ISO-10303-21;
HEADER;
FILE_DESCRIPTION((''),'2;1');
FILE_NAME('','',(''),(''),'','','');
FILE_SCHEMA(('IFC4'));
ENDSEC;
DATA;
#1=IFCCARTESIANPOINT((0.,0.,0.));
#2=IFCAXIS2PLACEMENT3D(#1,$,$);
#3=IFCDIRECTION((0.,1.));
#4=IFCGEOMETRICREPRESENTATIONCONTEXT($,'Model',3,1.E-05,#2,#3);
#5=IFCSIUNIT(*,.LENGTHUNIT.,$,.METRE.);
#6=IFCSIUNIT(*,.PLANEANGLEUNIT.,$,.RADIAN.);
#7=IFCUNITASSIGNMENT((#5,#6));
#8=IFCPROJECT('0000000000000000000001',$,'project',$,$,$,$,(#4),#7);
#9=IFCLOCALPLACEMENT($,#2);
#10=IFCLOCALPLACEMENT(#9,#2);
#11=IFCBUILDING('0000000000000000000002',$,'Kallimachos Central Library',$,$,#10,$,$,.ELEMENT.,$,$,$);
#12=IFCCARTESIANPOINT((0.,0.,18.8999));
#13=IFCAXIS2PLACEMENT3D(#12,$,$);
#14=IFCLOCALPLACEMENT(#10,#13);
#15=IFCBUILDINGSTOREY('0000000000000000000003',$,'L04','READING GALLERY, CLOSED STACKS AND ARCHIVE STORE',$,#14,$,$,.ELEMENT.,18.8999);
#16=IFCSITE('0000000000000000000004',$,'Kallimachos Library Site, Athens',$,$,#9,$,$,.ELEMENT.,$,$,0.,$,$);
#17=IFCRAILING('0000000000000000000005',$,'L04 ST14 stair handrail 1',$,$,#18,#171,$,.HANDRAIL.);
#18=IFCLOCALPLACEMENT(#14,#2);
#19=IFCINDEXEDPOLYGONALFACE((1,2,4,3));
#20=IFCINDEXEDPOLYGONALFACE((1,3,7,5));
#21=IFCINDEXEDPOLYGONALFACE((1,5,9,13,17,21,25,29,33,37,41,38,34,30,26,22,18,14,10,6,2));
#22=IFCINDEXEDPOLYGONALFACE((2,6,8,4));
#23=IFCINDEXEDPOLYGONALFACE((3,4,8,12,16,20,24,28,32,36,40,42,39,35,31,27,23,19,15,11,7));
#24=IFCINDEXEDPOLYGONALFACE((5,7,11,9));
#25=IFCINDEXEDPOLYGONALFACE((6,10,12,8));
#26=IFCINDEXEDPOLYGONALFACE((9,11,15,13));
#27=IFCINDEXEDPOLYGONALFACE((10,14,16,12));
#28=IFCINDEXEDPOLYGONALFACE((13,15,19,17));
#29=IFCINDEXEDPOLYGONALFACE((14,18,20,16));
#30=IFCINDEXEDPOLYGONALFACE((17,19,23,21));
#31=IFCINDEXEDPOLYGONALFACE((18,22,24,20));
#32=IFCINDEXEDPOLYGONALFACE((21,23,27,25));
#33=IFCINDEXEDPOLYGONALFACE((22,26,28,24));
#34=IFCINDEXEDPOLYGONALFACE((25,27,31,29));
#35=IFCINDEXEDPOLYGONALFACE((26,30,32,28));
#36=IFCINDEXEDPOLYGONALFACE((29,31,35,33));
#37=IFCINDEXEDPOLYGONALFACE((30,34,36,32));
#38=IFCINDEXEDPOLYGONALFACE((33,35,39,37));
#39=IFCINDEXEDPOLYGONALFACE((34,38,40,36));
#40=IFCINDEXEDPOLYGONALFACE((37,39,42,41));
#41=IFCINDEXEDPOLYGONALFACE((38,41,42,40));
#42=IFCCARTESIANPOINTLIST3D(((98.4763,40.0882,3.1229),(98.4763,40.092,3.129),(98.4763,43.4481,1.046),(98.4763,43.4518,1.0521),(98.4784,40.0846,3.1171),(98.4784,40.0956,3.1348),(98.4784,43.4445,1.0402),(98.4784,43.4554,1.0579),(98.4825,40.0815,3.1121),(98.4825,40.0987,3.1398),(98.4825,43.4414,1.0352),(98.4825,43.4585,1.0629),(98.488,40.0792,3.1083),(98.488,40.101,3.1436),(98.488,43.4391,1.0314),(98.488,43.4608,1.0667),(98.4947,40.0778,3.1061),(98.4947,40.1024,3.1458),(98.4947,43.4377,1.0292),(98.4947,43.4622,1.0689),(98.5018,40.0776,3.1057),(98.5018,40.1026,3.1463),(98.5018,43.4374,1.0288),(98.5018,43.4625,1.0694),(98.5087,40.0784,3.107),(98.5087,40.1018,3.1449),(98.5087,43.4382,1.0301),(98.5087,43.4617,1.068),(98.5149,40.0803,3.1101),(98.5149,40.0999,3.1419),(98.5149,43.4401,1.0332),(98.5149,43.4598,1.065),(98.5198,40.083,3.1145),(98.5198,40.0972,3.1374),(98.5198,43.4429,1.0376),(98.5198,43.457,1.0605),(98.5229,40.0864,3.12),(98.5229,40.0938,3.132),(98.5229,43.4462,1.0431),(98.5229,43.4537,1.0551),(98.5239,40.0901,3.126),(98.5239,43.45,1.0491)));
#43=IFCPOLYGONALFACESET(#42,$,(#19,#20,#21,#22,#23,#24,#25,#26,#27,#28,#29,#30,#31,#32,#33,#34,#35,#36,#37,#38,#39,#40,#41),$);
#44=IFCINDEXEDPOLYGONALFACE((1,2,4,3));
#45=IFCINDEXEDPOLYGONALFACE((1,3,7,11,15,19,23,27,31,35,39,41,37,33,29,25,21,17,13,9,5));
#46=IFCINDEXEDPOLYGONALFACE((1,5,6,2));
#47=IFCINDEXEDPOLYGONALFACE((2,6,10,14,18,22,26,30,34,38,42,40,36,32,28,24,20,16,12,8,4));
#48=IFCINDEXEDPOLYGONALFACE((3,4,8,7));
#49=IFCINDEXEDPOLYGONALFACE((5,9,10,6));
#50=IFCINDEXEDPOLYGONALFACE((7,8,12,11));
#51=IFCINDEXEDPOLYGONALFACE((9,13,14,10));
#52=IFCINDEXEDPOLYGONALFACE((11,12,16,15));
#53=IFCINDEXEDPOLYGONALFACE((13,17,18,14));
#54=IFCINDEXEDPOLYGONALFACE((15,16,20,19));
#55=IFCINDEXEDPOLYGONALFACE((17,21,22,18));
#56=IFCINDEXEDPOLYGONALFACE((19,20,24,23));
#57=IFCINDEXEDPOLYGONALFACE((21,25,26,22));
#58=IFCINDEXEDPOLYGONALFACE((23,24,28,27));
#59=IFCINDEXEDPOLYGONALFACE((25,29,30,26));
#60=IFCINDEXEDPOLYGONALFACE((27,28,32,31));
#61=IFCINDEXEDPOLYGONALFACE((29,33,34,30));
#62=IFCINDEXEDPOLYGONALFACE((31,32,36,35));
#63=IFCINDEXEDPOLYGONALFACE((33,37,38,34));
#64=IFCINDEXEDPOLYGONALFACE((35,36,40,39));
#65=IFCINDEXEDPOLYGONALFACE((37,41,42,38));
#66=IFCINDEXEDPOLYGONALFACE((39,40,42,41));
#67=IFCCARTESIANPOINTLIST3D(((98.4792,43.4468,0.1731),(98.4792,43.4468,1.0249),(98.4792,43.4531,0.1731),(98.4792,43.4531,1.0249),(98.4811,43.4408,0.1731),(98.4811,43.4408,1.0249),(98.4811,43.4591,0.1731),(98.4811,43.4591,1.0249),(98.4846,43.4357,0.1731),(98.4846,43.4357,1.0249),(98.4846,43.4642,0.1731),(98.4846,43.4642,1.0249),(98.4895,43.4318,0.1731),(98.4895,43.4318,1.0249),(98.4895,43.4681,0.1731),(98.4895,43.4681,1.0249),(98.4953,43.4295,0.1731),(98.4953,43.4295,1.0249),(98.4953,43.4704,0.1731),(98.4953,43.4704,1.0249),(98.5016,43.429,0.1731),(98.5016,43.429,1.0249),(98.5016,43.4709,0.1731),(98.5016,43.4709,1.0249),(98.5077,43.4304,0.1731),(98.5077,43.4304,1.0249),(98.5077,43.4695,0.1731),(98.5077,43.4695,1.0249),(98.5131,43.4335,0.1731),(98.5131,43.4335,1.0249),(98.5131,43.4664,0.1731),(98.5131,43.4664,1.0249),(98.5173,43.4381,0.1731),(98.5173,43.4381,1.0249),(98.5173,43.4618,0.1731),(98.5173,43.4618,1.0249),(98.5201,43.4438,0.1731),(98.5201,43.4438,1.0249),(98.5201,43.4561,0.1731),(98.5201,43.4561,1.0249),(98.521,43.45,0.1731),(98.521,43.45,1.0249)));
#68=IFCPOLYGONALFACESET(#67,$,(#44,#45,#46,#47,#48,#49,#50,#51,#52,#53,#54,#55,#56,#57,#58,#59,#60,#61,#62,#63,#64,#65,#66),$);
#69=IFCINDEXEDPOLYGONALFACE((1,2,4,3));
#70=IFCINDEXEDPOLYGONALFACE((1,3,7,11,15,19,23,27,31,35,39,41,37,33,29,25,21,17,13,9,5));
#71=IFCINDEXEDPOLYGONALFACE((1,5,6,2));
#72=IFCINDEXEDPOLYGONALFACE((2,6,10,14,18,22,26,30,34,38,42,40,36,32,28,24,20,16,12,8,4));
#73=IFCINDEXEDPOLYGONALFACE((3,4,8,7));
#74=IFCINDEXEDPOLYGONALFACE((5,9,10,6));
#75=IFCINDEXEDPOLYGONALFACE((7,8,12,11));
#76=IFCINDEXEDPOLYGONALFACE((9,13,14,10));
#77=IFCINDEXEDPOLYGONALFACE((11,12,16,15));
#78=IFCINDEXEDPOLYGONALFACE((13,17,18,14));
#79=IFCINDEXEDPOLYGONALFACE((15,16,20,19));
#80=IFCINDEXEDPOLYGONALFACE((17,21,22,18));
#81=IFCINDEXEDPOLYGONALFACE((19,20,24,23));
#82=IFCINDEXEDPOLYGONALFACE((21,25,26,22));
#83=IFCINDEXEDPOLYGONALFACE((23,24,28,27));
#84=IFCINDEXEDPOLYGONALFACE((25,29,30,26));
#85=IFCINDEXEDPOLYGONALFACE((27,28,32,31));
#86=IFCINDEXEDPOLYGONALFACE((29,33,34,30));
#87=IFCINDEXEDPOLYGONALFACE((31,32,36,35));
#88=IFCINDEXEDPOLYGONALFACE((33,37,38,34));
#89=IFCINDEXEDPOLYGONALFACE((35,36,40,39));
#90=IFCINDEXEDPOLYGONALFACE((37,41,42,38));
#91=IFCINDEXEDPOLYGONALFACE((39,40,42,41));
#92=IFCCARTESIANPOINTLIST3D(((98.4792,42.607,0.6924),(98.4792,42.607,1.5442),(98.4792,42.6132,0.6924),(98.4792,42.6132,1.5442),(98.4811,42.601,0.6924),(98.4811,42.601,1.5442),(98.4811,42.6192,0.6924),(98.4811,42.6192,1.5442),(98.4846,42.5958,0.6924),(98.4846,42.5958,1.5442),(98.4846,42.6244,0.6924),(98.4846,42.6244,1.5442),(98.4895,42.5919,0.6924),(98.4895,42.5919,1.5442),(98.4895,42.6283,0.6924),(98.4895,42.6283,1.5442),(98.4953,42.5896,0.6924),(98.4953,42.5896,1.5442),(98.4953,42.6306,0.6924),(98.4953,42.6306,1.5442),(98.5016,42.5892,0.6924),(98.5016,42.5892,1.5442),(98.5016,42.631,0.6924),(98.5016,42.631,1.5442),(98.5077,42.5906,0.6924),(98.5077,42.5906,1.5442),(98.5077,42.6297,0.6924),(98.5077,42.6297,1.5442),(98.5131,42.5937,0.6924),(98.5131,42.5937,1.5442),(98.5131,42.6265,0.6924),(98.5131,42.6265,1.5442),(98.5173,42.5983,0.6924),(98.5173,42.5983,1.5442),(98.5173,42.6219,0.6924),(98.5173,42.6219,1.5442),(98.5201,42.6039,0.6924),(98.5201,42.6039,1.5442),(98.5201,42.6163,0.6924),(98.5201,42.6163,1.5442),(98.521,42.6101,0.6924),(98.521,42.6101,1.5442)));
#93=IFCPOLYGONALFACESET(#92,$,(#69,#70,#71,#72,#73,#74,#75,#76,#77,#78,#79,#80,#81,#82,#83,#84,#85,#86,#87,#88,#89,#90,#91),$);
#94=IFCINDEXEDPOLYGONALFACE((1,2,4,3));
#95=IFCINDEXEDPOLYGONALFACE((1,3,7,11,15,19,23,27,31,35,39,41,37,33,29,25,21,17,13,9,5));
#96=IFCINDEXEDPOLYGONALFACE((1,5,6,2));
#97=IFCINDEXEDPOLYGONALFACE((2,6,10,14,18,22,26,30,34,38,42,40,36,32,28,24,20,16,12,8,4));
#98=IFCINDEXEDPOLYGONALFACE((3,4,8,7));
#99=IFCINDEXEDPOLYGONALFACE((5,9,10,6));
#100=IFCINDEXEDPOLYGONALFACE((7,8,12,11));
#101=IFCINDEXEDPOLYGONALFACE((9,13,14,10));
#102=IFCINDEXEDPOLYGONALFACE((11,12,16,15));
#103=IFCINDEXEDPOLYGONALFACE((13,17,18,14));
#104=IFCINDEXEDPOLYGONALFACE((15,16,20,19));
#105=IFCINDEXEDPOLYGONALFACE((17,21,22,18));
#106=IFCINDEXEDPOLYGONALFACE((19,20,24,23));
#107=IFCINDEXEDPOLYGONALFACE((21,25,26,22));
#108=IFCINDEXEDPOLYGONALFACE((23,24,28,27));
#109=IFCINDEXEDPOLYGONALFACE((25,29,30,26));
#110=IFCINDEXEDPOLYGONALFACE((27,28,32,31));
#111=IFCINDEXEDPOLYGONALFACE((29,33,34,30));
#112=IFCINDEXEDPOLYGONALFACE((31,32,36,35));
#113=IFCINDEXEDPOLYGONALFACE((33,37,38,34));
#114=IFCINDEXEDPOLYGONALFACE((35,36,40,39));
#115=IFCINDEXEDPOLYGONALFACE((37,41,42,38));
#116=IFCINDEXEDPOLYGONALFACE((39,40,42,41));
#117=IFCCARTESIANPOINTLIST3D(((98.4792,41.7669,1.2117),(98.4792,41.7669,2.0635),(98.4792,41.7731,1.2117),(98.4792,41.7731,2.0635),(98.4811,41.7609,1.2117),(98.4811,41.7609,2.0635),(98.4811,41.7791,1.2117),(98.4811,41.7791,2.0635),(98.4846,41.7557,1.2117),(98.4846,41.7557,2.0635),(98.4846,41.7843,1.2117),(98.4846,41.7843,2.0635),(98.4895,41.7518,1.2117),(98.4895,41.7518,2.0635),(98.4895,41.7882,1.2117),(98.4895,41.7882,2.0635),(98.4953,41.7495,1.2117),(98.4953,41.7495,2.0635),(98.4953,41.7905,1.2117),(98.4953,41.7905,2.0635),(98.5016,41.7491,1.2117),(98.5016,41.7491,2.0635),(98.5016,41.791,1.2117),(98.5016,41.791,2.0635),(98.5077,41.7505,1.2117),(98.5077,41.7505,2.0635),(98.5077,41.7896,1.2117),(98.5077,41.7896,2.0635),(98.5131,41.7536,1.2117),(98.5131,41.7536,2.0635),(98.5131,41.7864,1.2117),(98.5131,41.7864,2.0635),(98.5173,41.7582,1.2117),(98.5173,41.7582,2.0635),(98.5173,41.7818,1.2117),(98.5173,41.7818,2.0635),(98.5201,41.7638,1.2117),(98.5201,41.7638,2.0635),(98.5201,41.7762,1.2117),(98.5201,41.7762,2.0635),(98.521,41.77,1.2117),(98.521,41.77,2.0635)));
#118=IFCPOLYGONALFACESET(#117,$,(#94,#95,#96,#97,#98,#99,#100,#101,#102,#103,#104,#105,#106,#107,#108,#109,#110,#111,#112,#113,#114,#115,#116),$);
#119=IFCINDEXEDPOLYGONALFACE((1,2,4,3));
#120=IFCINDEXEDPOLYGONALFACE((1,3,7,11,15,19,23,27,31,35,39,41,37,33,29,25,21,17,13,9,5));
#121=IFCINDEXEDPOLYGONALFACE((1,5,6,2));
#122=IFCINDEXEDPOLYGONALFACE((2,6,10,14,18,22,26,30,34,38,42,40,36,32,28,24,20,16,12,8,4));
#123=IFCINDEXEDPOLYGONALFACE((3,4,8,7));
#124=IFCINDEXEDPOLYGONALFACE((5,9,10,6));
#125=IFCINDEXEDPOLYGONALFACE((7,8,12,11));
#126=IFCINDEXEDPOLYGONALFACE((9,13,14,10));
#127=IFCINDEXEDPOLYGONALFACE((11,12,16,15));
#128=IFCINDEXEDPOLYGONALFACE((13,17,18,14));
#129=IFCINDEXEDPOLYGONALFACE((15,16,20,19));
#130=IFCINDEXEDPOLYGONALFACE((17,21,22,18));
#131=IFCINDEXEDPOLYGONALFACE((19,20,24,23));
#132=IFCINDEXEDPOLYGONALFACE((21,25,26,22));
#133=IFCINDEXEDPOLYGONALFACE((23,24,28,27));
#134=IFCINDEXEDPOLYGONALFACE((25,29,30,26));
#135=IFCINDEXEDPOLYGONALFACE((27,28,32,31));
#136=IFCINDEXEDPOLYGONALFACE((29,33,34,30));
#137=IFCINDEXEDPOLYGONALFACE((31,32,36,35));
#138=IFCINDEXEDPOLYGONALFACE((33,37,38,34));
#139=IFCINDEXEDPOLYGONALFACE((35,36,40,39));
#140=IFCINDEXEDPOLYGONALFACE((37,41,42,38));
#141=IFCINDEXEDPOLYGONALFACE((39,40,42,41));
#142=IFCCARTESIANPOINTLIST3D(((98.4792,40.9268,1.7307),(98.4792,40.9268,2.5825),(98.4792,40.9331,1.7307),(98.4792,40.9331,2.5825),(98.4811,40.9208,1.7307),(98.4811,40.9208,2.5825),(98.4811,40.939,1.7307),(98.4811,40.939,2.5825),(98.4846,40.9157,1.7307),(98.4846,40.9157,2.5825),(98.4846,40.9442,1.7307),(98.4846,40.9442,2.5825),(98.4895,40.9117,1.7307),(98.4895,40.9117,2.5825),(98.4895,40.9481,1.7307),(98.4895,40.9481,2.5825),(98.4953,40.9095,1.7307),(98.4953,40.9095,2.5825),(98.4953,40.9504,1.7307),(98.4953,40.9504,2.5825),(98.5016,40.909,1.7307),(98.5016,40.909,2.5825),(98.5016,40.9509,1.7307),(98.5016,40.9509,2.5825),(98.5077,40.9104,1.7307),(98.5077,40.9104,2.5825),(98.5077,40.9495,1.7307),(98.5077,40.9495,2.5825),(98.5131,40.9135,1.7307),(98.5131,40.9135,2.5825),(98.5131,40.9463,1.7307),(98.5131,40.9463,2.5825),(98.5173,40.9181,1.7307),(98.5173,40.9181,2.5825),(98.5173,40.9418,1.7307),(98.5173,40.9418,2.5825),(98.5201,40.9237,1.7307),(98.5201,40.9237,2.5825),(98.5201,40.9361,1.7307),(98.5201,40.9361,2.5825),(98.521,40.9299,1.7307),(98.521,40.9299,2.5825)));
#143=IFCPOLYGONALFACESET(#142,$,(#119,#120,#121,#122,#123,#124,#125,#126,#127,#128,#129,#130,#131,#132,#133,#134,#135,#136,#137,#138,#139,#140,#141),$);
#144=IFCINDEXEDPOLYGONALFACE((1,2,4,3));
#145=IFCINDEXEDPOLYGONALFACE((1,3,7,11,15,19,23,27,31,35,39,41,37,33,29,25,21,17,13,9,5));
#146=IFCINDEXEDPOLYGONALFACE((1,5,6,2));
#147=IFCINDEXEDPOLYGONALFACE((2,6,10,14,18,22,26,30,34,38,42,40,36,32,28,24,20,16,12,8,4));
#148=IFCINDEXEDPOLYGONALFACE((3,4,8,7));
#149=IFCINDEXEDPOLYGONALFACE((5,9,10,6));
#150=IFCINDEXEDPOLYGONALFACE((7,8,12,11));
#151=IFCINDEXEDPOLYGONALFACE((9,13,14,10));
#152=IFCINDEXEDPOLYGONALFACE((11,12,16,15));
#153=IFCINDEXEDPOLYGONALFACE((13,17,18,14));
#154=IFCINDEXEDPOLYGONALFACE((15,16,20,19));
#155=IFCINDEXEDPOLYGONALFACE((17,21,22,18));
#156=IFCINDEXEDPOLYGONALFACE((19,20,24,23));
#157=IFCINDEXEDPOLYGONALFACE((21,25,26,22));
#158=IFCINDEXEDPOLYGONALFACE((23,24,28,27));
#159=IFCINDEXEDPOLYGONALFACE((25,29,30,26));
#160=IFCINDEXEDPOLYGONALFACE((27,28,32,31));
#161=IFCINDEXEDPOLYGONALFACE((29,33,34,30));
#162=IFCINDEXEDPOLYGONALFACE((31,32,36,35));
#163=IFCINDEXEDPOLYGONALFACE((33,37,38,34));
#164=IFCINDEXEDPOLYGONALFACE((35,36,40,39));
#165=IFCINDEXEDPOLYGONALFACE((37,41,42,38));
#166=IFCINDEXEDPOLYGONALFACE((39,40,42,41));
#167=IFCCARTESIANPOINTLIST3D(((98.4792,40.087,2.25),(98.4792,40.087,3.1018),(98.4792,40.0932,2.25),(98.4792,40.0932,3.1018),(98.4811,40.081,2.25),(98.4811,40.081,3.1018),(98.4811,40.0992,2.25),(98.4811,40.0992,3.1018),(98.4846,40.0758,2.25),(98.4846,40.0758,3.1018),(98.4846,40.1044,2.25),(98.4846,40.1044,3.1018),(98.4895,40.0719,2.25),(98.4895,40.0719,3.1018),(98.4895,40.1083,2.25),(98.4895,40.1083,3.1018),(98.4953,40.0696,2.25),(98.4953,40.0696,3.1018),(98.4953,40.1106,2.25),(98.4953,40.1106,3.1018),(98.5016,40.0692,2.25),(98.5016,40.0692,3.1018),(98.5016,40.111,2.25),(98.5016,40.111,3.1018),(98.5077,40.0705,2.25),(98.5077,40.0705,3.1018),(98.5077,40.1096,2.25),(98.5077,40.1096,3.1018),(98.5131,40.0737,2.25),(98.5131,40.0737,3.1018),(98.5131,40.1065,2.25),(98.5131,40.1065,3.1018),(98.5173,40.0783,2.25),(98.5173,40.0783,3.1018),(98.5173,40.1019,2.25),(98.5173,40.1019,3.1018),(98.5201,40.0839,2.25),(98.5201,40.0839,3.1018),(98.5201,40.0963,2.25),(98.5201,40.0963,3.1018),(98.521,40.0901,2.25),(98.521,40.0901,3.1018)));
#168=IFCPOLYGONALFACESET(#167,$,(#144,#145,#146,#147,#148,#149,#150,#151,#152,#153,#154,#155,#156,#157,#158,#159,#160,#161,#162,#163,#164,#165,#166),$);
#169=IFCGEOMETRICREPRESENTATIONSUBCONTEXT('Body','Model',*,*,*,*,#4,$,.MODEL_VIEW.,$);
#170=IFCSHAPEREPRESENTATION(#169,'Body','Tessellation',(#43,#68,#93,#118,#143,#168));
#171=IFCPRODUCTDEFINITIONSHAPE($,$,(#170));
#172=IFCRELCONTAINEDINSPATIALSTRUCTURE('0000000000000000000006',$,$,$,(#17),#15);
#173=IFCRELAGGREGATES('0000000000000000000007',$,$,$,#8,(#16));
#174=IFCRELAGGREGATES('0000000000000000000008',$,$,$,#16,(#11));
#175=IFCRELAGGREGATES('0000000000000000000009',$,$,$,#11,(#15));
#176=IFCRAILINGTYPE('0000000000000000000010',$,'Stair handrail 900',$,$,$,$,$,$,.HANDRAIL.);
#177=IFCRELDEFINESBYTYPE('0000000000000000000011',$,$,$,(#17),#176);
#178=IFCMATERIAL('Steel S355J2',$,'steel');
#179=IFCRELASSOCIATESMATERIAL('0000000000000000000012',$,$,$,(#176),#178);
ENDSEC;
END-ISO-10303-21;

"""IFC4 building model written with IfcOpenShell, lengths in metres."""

from ifc_helpers import new_model, si_unit, direction, frame, origin, origin_2d, place, context, subcontext, project, spatial, circle, extrude, material, type_object, element, save


model = new_model("IFC4")

# Units and contexts
model_context = context("Model", 3, precision=1e-05, world=origin(), true_north=direction((0.0, 1.0)))
body_context = subcontext(model_context, "Body", "Model", "MODEL_VIEW")
ifc_project = project(units=[si_unit("LENGTHUNIT", "METRE"), si_unit("PLANEANGLEUNIT", "RADIAN")], contexts=[model_context])

# Site, building, storey
site_placement = place(None, origin())
site = spatial("IfcSite", under=ifc_project, at=site_placement, Name="Kallimachos Library Site, Athens", CompositionType="ELEMENT", RefElevation=0.0)
building_placement = place(site_placement, origin())
building = spatial("IfcBuilding", under=site, at=building_placement, Name="Kallimachos Central Library", CompositionType="ELEMENT")
storey_placement = place(building_placement, frame((0.0, 0.0, 18.8999)))
storey = spatial("IfcBuildingStorey", under=building, at=storey_placement, Name="L04", Description="READING GALLERY, CLOSED STACKS AND ARCHIVE STORE", CompositionType="ELEMENT", Elevation=18.8999)

# Railing
ifc_material_1 = material(Name="Steel S355J2", Category="steel")
railing_type_1 = type_object("IfcRailingType", Name="Stair handrail 900", PredefinedType="HANDRAIL", material=ifc_material_1)
railing_1_placement = place(storey_placement, frame((98.5, 43.45, 0.1731)))
element("IfcRailing", 1, at=railing_1_placement, inside=storey, type_object=railing_type_1, Name="L04 ST14 stair handrail 1", PredefinedType="HANDRAIL", context=body_context, shape_type="SweptSolid", body=[
    extrude(circle(Radius=0.0239, at=origin_2d()), frame((0.0, 0.0, 0.876), z_axis=(0.0, -0.850606, 0.525803), x_axis=(1.0, 0.0, 0.0)), (0.0, 0.0, 1.0), 3.95),
    extrude(circle(Radius=0.021, at=origin_2d()), origin(), (0.0, 0.0, 1.0), 0.8518),
    extrude(circle(Radius=0.021, at=origin_2d()), frame((0.0, -0.8398, 0.5193)), (0.0, 0.0, 1.0), 0.8518),
    extrude(circle(Radius=0.021, at=origin_2d()), frame((0.0, -1.6799, 1.0386)), (0.0, 0.0, 1.0), 0.8518),
    extrude(circle(Radius=0.021, at=origin_2d()), frame((0.0, -2.52, 1.5576)), (0.0, 0.0, 1.0), 0.8518),
    extrude(circle(Radius=0.021, at=origin_2d()), frame((0.0, -3.3599, 2.0769)), (0.0, 0.0, 1.0), 0.8518),
])

save(model, "model.ifc")
